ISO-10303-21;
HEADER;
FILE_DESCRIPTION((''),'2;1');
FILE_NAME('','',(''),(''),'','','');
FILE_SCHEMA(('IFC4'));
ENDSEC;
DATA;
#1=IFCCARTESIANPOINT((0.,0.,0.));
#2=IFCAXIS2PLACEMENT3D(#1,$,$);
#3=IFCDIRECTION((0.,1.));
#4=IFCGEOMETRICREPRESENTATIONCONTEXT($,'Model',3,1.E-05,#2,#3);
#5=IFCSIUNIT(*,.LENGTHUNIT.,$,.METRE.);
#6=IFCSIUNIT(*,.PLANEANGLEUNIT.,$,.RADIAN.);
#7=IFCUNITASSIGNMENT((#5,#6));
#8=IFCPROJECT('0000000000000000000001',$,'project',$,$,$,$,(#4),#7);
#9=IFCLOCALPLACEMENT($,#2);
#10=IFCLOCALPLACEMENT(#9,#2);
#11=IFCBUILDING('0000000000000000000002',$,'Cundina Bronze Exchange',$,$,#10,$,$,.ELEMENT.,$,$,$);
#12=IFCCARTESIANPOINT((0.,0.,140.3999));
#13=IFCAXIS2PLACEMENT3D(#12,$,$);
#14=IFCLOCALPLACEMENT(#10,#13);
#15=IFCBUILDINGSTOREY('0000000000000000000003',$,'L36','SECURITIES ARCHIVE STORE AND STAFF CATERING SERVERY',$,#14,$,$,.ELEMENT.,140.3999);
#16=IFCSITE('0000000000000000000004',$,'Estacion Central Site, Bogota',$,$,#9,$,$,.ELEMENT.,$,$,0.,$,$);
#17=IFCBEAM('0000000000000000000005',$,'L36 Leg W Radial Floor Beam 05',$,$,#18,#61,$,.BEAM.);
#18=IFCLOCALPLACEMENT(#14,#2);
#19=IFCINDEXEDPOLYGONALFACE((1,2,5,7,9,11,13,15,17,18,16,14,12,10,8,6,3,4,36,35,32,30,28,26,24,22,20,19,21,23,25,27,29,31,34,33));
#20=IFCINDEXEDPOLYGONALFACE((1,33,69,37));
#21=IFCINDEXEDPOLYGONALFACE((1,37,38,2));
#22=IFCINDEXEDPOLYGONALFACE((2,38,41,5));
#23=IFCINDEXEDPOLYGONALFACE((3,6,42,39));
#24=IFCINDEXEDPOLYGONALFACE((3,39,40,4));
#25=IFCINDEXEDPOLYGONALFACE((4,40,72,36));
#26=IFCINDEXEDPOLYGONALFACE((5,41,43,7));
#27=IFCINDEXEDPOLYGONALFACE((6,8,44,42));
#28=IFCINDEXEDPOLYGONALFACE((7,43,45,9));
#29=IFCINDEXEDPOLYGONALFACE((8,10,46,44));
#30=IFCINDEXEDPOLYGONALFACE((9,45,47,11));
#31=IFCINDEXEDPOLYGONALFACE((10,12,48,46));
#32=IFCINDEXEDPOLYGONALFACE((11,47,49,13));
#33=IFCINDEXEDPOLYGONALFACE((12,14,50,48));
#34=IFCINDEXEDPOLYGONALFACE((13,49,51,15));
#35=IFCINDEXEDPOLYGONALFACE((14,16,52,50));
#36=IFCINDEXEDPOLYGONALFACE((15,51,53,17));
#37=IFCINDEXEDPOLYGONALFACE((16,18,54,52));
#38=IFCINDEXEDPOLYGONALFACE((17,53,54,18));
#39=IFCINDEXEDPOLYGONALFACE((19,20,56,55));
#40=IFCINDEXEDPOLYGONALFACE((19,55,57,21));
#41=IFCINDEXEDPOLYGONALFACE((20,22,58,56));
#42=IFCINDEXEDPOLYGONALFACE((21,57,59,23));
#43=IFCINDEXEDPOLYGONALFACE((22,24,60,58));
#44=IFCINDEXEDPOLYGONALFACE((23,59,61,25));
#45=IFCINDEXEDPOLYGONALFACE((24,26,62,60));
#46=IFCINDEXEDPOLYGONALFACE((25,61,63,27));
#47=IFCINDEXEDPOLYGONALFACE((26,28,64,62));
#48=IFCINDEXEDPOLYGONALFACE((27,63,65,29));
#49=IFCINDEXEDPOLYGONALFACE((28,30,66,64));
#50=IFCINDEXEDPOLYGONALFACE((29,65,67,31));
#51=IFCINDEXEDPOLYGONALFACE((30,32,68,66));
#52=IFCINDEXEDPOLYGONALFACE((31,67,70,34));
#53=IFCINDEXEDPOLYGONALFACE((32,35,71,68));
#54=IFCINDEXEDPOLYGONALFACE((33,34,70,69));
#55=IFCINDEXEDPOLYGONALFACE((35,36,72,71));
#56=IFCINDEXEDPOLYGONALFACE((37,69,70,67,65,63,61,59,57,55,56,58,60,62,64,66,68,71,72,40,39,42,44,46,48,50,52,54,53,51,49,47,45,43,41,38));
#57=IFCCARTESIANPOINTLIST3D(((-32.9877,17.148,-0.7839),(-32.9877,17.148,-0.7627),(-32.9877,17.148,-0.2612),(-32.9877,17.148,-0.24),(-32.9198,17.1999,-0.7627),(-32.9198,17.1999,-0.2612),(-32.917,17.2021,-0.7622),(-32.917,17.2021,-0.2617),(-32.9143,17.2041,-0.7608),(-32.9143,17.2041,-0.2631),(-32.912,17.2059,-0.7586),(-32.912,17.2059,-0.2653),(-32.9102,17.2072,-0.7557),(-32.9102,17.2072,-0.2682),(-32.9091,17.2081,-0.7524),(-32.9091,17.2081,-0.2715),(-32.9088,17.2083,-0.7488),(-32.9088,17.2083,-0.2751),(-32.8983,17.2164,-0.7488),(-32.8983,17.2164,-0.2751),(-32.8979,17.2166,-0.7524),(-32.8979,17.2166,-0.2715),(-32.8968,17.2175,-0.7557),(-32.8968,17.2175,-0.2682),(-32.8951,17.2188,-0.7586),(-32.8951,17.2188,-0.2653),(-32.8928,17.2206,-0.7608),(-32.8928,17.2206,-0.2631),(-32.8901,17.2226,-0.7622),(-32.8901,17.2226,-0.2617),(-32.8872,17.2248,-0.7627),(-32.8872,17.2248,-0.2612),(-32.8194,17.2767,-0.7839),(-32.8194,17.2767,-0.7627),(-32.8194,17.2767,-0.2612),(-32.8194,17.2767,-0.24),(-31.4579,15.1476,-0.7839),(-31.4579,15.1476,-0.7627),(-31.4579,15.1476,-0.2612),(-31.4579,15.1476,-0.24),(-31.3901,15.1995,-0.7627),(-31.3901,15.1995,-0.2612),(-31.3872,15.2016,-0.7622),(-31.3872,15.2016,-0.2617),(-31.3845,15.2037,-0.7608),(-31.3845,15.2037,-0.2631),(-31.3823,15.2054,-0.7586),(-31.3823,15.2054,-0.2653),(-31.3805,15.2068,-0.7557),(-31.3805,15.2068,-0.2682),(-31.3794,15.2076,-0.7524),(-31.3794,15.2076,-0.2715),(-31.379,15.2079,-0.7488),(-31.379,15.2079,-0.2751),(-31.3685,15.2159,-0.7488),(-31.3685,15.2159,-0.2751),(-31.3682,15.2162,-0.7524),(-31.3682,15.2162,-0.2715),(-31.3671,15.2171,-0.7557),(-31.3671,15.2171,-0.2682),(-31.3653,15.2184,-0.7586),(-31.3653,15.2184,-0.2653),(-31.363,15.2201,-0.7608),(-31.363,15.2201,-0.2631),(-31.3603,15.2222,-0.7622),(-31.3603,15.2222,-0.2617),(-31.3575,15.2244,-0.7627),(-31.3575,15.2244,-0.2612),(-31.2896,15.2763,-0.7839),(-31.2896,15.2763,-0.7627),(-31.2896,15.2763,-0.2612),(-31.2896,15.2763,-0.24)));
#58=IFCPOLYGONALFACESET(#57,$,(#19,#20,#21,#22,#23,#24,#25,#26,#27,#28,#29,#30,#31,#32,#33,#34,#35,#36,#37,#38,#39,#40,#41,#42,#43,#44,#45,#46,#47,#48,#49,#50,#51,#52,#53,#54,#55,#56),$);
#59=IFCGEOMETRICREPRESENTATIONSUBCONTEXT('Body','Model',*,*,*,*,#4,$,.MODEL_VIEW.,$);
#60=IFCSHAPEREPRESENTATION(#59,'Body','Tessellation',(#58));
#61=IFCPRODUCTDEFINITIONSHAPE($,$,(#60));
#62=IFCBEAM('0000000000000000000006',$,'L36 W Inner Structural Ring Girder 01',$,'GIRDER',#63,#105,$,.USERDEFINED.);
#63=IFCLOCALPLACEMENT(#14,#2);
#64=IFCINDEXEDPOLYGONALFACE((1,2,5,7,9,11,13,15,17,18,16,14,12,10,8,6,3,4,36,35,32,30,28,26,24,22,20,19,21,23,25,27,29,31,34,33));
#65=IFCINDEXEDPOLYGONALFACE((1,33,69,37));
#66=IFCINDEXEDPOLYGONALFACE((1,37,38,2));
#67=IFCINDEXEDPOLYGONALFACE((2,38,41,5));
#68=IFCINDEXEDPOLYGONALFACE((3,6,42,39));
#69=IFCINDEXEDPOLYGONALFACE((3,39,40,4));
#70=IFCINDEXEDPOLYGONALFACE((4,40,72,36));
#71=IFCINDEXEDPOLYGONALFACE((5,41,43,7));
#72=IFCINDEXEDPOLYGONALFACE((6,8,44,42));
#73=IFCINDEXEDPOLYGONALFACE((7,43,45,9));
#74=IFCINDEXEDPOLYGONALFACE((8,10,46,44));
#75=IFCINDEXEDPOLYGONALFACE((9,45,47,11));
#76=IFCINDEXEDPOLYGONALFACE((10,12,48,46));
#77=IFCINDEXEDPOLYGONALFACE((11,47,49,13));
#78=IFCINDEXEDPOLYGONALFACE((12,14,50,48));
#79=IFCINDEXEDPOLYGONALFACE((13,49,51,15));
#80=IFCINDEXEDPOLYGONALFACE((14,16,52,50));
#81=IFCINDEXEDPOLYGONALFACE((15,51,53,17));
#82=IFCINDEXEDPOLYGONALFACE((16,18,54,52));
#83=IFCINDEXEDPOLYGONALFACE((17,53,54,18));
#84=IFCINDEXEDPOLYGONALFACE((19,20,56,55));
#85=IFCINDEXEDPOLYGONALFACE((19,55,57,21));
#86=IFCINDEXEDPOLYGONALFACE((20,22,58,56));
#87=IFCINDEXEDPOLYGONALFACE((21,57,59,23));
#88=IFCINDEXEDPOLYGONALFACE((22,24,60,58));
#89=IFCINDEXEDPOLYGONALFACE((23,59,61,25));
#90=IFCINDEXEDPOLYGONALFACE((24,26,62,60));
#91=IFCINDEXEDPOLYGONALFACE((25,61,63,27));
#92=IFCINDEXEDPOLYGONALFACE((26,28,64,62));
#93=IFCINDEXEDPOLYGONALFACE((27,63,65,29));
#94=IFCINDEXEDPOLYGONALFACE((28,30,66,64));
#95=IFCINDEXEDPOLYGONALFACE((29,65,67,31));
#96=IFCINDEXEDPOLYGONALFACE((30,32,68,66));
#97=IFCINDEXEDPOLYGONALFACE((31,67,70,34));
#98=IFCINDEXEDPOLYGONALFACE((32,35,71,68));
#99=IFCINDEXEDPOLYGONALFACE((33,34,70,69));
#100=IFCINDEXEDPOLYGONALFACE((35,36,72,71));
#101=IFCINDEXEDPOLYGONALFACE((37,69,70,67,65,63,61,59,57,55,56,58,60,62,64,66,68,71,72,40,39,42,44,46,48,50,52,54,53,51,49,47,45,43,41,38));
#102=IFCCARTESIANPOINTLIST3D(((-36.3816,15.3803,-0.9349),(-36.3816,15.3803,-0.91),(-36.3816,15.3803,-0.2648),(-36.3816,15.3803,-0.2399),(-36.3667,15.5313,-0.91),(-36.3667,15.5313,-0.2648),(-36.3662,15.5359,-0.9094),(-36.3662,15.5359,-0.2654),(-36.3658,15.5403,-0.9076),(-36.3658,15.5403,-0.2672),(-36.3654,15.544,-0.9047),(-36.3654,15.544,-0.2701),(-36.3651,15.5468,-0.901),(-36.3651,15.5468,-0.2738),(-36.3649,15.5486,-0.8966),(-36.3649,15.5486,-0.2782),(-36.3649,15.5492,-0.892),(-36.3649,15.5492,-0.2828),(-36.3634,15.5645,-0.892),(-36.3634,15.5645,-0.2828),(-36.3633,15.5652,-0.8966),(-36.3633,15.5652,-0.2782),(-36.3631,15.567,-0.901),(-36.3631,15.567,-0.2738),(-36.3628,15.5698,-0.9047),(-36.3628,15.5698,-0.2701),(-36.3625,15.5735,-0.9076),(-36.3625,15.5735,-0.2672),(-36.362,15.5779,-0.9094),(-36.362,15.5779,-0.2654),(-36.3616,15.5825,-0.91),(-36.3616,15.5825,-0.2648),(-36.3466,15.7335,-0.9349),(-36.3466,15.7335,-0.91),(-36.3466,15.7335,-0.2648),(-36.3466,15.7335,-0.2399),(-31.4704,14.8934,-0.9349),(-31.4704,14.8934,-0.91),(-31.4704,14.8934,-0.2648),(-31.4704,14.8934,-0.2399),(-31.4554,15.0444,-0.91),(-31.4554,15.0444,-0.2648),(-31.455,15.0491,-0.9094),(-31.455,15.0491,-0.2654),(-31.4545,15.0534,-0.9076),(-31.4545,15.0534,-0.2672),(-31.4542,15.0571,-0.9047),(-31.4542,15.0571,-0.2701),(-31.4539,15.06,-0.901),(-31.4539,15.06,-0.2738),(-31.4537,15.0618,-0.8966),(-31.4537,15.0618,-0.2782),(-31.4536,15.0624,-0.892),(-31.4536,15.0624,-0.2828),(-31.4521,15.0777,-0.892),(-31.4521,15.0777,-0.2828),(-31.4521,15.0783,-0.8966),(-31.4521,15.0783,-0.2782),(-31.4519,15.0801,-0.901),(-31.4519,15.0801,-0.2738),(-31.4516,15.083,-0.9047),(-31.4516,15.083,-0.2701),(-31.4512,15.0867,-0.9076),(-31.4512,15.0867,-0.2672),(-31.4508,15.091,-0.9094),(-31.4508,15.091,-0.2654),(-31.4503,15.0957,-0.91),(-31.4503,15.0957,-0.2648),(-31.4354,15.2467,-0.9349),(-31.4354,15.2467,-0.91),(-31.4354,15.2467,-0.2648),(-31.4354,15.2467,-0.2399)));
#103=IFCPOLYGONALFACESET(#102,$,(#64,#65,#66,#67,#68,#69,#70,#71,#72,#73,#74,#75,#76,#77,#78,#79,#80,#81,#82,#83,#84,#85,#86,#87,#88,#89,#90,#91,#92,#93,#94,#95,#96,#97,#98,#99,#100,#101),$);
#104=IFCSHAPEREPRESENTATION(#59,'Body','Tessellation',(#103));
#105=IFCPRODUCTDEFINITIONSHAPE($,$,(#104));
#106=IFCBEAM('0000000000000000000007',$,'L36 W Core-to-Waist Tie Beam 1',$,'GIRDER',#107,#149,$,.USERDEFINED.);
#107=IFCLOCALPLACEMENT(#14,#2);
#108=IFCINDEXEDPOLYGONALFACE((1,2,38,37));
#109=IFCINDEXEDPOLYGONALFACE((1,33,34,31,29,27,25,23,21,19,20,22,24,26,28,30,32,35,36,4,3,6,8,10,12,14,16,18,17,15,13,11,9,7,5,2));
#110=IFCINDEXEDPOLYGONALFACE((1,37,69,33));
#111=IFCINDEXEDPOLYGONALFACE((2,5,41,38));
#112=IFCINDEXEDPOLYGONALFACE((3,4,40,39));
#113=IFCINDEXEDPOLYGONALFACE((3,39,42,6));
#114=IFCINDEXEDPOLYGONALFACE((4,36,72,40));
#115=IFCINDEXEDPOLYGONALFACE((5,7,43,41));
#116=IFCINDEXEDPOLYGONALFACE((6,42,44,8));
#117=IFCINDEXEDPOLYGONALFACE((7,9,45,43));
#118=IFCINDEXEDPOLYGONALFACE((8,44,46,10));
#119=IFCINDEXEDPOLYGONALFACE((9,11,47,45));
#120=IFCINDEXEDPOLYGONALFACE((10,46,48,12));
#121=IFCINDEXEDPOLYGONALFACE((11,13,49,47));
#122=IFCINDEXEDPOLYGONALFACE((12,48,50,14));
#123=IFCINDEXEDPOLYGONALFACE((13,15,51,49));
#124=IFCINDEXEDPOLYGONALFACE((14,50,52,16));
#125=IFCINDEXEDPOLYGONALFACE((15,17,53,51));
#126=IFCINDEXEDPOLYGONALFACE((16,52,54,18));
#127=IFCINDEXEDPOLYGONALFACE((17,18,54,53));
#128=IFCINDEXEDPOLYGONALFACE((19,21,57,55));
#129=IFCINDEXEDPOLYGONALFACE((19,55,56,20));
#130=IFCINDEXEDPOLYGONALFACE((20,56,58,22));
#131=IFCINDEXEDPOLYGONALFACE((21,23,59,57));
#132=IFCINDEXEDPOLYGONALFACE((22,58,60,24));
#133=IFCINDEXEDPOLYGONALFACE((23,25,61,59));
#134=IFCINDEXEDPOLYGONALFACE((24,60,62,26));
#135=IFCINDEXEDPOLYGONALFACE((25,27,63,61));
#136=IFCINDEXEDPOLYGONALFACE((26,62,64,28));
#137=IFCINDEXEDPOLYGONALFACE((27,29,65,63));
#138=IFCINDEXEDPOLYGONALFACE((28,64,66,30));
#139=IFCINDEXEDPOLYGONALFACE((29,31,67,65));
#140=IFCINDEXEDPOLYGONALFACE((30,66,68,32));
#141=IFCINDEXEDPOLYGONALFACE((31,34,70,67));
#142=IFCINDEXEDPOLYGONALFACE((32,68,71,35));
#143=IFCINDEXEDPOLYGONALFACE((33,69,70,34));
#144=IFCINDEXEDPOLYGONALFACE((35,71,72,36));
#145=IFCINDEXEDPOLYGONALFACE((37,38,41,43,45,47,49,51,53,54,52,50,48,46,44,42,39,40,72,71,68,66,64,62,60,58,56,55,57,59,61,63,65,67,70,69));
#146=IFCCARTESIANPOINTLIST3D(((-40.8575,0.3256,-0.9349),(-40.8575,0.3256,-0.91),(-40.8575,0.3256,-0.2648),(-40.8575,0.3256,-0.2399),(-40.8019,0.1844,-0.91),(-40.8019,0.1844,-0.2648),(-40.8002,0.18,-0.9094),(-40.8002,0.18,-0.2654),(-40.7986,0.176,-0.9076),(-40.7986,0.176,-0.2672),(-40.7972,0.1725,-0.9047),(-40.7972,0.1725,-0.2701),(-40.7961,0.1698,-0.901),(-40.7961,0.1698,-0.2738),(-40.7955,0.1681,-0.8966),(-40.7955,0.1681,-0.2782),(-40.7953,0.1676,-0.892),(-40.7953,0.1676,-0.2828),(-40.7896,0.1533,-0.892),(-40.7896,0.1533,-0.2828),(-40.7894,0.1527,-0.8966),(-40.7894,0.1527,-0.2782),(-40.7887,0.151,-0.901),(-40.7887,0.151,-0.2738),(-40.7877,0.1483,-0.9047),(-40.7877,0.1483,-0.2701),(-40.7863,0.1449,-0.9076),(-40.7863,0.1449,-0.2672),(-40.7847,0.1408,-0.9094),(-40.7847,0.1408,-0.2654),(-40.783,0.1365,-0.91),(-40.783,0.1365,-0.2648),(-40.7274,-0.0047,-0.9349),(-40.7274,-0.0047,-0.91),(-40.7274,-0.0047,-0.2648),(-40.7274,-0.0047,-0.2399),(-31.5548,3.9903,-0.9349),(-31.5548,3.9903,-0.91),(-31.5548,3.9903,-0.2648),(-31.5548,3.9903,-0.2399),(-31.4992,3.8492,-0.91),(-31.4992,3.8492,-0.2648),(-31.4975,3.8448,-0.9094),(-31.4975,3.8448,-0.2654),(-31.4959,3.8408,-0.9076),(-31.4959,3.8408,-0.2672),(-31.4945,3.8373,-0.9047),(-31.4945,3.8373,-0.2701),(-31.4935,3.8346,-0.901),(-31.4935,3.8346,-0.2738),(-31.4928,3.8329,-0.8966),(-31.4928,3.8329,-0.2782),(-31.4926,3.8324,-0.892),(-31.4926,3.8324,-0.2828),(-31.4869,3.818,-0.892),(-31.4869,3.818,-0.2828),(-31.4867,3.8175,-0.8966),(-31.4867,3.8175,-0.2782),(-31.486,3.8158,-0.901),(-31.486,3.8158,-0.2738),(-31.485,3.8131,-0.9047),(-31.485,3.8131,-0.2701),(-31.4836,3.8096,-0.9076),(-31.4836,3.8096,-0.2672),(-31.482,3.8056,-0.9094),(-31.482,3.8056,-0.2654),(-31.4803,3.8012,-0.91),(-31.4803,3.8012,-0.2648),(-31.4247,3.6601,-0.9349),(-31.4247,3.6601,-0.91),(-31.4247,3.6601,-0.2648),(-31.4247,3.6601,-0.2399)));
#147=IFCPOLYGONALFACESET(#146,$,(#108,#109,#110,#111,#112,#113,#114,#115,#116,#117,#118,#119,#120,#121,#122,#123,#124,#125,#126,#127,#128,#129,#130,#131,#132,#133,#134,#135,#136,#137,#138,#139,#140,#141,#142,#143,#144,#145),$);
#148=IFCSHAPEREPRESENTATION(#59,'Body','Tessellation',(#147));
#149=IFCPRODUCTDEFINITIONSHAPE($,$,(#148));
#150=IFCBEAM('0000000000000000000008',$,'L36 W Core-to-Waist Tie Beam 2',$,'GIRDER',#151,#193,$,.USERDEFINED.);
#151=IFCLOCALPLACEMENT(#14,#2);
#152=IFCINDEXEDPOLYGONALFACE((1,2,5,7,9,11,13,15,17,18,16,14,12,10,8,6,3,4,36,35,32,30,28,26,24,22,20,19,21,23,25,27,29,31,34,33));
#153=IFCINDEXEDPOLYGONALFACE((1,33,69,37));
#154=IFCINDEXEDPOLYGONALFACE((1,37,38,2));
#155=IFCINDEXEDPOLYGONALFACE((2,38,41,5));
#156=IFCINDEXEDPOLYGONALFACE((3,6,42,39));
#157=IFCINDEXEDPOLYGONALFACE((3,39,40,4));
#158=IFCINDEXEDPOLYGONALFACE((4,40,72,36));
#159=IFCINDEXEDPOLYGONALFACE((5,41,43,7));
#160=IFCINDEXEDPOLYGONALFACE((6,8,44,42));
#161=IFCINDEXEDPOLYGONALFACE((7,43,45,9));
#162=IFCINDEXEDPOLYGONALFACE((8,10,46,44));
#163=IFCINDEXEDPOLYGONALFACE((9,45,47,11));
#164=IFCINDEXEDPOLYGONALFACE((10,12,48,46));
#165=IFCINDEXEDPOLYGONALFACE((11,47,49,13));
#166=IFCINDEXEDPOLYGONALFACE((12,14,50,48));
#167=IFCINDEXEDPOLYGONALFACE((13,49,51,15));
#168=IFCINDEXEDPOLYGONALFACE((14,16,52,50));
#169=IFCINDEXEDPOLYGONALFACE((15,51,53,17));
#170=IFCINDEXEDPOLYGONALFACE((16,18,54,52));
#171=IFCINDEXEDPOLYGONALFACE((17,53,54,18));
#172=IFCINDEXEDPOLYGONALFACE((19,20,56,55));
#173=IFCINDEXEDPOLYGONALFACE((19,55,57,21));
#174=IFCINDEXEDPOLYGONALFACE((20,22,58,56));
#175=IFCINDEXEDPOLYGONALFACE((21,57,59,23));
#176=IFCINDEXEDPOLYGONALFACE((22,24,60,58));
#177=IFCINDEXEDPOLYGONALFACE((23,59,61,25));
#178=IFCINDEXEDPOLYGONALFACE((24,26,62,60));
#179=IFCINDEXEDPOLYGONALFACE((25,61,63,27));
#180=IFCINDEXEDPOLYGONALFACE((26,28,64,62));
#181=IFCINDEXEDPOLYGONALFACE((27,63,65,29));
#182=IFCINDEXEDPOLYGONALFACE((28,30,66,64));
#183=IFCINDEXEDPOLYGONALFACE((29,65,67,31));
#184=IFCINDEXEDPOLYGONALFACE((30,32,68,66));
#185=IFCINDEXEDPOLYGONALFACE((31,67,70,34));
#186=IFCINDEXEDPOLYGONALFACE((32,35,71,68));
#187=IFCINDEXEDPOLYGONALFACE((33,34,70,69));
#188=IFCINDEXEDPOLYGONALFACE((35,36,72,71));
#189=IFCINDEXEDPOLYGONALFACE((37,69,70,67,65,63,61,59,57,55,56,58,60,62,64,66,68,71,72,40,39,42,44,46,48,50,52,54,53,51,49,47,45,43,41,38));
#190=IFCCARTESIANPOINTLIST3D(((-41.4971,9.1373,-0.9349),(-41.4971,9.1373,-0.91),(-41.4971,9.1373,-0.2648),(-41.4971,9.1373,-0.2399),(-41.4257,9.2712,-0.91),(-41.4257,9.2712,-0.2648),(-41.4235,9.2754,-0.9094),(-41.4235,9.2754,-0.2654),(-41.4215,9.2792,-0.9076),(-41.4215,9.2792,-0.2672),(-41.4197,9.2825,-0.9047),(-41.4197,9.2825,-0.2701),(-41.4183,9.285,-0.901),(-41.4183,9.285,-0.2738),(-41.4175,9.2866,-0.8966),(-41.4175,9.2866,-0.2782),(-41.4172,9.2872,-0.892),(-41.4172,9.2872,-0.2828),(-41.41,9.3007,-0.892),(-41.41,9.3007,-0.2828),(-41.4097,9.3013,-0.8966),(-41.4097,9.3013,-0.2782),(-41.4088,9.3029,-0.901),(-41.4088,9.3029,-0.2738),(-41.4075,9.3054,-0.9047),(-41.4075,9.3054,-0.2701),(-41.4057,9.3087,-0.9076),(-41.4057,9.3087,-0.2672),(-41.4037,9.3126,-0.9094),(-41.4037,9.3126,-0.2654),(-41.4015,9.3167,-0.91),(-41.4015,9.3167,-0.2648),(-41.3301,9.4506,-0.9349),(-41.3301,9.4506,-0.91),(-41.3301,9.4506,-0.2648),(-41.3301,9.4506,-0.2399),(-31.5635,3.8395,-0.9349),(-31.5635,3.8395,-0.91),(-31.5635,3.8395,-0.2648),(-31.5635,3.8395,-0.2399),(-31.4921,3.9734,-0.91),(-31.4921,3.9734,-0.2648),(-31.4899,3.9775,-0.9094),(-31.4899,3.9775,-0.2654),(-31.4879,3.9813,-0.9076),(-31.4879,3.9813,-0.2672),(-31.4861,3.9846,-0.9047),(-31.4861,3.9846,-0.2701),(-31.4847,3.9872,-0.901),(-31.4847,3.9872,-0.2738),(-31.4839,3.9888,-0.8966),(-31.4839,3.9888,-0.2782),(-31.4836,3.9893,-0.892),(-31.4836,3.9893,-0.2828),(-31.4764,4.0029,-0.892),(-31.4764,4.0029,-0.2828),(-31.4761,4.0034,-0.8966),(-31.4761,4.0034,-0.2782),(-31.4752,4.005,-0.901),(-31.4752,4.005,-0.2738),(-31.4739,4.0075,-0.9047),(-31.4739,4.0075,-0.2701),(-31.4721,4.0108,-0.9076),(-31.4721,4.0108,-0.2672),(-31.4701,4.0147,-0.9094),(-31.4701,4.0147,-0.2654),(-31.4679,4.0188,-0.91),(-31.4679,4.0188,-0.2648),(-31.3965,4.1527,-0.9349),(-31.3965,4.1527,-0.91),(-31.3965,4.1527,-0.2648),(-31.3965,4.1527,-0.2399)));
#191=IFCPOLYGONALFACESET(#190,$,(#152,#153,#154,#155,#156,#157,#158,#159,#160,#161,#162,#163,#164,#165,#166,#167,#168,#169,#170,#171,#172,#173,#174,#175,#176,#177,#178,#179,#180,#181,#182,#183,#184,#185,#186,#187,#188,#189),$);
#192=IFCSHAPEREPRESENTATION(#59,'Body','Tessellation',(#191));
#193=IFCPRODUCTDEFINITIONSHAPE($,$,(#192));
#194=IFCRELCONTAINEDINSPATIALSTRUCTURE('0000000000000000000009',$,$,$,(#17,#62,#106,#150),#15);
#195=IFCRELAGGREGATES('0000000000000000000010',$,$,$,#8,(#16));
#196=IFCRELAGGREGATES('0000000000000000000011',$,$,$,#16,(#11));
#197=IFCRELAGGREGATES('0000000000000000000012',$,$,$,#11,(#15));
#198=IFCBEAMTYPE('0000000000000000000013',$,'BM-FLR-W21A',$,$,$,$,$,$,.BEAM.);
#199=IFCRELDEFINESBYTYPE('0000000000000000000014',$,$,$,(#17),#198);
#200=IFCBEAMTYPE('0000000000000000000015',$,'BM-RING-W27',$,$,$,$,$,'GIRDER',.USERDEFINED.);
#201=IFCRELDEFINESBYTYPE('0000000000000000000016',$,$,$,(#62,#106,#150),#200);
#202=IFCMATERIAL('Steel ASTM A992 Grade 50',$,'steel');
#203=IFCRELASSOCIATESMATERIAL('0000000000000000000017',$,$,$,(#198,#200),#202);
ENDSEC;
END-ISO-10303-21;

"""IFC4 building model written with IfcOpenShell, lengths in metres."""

from ifc_helpers import new_model, si_unit, direction, frame, origin, origin_2d, place, context, subcontext, project, spatial, i_section, extrude, material, material_profile, profile_set, type_object, element, save


model = new_model("IFC4")

# Units and contexts
model_context = context("Model", 3, precision=1e-05, world=origin(), true_north=direction((0.0, 1.0)))
body_context = subcontext(model_context, "Body", "Model", "MODEL_VIEW")
ifc_project = project(units=[si_unit("LENGTHUNIT", "METRE"), si_unit("PLANEANGLEUNIT", "RADIAN")], contexts=[model_context])

# Site, building, storey
site_placement = place(None, origin())
site = spatial("IfcSite", under=ifc_project, at=site_placement, Name="Estacion Central Site, Bogota", CompositionType="ELEMENT", RefElevation=0.0)
building_placement = place(site_placement, origin())
building = spatial("IfcBuilding", under=site, at=building_placement, Name="Cundina Bronze Exchange", CompositionType="ELEMENT")
storey_placement = place(building_placement, frame((0.0, 0.0, 140.3999)))
storey = spatial("IfcBuildingStorey", under=building, at=storey_placement, Name="L36", Description="SECURITIES ARCHIVE STORE AND STAFF CATERING SERVERY", CompositionType="ELEMENT", Elevation=140.3999)

# Shared definitions
ifc_material_1 = material(Name="Steel ASTM A992 Grade 50", Category="steel")

# Beams
ifc_material_profile_1 = material_profile(ifc_material_1, i_section(OverallWidth=0.2119, OverallDepth=0.5439, WebThickness=0.0132, FlangeThickness=0.0212, FilletRadius=0.0139, at=origin_2d()), Name="W21X83", Category="steel")
ifc_profile_set_1 = profile_set([ifc_material_profile_1], Name="Steel ASTM A992 Grade 50")
beam_type_1 = type_object("IfcBeamType", Name="BM-FLR-W21A", PredefinedType="BEAM", material=ifc_profile_set_1)
beam_1_placement = place(storey_placement, frame((-31.3738, 15.2119, -0.512), z_axis=(-0.60745, 0.794358, 0.0), x_axis=(-0.794358, -0.60745, 0.0)))
element("IfcBeam", 1, at=beam_1_placement, inside=storey, type_object=beam_type_1, Name="L36 Leg W Radial Floor Beam 05", PredefinedType="BEAM", context=body_context, shape_type="SweptSolid", body=[
    extrude(i_section(OverallWidth=0.2119, OverallDepth=0.5439, WebThickness=0.0132, FlangeThickness=0.0212, FilletRadius=0.0139, at=origin_2d()), origin(), (0.0, 0.0, 1.0), 2.5183),
])
ifc_material_profile_2 = material_profile(ifc_material_1, i_section(OverallWidth=0.355, OverallDepth=0.6951, WebThickness=0.0154, FlangeThickness=0.0249, FilletRadius=0.0181, at=origin_2d()), Name="W27X146", Category="steel")
ifc_profile_set_2 = profile_set([ifc_material_profile_2], Name="Steel ASTM A992 Grade 50")
beam_type_2 = type_object("IfcBeamType", Name="BM-RING-W27", ElementType="GIRDER", PredefinedType="USERDEFINED", material=ifc_profile_set_2)
beam_2_placement = place(storey_placement, frame((-31.4529, 15.0701, -0.5874), z_axis=(-0.995123, 0.098642, 0.0), x_axis=(-0.098642, -0.995123, 0.0)))
element("IfcBeam", 2, at=beam_2_placement, inside=storey, type_object=beam_type_2, Name="L36 W Inner Structural Ring Girder 01", ObjectType="GIRDER", PredefinedType="USERDEFINED", context=body_context, shape_type="SweptSolid", body=[
    extrude(i_section(OverallWidth=0.355, OverallDepth=0.6951, WebThickness=0.0154, FlangeThickness=0.0249, FilletRadius=0.0181, at=origin_2d()), origin(), (0.0, 0.0, 1.0), 4.9353),
])
beam_3_placement = place(storey_placement, frame((-31.4897, 3.8252, -0.5874), z_axis=(-0.930406, -0.366532, 0.0), x_axis=(0.366532, -0.930406, 0.0)))
element("IfcBeam", 3, at=beam_3_placement, inside=storey, type_object=beam_type_2, Name="L36 W Core-to-Waist Tie Beam 1", ObjectType="GIRDER", PredefinedType="USERDEFINED", context=body_context, shape_type="SweptSolid", body=[
    extrude(i_section(OverallWidth=0.355, OverallDepth=0.6951, WebThickness=0.0154, FlangeThickness=0.0249, FilletRadius=0.0181, at=origin_2d()), origin(), (0.0, 0.0, 1.0), 9.9985),
])
beam_4_placement = place(storey_placement, frame((-31.48, 3.9961, -0.5874), z_axis=(-0.882355, 0.470584, 0.0), x_axis=(-0.470584, -0.882355, 0.0)))
element("IfcBeam", 4, at=beam_4_placement, inside=storey, type_object=beam_type_2, Name="L36 W Core-to-Waist Tie Beam 2", ObjectType="GIRDER", PredefinedType="USERDEFINED", context=body_context, shape_type="SweptSolid", body=[
    extrude(i_section(OverallWidth=0.355, OverallDepth=0.6951, WebThickness=0.0154, FlangeThickness=0.0249, FilletRadius=0.0181, at=origin_2d()), origin(), (0.0, 0.0, 1.0), 11.2581),
])

save(model, "model.ifc")
